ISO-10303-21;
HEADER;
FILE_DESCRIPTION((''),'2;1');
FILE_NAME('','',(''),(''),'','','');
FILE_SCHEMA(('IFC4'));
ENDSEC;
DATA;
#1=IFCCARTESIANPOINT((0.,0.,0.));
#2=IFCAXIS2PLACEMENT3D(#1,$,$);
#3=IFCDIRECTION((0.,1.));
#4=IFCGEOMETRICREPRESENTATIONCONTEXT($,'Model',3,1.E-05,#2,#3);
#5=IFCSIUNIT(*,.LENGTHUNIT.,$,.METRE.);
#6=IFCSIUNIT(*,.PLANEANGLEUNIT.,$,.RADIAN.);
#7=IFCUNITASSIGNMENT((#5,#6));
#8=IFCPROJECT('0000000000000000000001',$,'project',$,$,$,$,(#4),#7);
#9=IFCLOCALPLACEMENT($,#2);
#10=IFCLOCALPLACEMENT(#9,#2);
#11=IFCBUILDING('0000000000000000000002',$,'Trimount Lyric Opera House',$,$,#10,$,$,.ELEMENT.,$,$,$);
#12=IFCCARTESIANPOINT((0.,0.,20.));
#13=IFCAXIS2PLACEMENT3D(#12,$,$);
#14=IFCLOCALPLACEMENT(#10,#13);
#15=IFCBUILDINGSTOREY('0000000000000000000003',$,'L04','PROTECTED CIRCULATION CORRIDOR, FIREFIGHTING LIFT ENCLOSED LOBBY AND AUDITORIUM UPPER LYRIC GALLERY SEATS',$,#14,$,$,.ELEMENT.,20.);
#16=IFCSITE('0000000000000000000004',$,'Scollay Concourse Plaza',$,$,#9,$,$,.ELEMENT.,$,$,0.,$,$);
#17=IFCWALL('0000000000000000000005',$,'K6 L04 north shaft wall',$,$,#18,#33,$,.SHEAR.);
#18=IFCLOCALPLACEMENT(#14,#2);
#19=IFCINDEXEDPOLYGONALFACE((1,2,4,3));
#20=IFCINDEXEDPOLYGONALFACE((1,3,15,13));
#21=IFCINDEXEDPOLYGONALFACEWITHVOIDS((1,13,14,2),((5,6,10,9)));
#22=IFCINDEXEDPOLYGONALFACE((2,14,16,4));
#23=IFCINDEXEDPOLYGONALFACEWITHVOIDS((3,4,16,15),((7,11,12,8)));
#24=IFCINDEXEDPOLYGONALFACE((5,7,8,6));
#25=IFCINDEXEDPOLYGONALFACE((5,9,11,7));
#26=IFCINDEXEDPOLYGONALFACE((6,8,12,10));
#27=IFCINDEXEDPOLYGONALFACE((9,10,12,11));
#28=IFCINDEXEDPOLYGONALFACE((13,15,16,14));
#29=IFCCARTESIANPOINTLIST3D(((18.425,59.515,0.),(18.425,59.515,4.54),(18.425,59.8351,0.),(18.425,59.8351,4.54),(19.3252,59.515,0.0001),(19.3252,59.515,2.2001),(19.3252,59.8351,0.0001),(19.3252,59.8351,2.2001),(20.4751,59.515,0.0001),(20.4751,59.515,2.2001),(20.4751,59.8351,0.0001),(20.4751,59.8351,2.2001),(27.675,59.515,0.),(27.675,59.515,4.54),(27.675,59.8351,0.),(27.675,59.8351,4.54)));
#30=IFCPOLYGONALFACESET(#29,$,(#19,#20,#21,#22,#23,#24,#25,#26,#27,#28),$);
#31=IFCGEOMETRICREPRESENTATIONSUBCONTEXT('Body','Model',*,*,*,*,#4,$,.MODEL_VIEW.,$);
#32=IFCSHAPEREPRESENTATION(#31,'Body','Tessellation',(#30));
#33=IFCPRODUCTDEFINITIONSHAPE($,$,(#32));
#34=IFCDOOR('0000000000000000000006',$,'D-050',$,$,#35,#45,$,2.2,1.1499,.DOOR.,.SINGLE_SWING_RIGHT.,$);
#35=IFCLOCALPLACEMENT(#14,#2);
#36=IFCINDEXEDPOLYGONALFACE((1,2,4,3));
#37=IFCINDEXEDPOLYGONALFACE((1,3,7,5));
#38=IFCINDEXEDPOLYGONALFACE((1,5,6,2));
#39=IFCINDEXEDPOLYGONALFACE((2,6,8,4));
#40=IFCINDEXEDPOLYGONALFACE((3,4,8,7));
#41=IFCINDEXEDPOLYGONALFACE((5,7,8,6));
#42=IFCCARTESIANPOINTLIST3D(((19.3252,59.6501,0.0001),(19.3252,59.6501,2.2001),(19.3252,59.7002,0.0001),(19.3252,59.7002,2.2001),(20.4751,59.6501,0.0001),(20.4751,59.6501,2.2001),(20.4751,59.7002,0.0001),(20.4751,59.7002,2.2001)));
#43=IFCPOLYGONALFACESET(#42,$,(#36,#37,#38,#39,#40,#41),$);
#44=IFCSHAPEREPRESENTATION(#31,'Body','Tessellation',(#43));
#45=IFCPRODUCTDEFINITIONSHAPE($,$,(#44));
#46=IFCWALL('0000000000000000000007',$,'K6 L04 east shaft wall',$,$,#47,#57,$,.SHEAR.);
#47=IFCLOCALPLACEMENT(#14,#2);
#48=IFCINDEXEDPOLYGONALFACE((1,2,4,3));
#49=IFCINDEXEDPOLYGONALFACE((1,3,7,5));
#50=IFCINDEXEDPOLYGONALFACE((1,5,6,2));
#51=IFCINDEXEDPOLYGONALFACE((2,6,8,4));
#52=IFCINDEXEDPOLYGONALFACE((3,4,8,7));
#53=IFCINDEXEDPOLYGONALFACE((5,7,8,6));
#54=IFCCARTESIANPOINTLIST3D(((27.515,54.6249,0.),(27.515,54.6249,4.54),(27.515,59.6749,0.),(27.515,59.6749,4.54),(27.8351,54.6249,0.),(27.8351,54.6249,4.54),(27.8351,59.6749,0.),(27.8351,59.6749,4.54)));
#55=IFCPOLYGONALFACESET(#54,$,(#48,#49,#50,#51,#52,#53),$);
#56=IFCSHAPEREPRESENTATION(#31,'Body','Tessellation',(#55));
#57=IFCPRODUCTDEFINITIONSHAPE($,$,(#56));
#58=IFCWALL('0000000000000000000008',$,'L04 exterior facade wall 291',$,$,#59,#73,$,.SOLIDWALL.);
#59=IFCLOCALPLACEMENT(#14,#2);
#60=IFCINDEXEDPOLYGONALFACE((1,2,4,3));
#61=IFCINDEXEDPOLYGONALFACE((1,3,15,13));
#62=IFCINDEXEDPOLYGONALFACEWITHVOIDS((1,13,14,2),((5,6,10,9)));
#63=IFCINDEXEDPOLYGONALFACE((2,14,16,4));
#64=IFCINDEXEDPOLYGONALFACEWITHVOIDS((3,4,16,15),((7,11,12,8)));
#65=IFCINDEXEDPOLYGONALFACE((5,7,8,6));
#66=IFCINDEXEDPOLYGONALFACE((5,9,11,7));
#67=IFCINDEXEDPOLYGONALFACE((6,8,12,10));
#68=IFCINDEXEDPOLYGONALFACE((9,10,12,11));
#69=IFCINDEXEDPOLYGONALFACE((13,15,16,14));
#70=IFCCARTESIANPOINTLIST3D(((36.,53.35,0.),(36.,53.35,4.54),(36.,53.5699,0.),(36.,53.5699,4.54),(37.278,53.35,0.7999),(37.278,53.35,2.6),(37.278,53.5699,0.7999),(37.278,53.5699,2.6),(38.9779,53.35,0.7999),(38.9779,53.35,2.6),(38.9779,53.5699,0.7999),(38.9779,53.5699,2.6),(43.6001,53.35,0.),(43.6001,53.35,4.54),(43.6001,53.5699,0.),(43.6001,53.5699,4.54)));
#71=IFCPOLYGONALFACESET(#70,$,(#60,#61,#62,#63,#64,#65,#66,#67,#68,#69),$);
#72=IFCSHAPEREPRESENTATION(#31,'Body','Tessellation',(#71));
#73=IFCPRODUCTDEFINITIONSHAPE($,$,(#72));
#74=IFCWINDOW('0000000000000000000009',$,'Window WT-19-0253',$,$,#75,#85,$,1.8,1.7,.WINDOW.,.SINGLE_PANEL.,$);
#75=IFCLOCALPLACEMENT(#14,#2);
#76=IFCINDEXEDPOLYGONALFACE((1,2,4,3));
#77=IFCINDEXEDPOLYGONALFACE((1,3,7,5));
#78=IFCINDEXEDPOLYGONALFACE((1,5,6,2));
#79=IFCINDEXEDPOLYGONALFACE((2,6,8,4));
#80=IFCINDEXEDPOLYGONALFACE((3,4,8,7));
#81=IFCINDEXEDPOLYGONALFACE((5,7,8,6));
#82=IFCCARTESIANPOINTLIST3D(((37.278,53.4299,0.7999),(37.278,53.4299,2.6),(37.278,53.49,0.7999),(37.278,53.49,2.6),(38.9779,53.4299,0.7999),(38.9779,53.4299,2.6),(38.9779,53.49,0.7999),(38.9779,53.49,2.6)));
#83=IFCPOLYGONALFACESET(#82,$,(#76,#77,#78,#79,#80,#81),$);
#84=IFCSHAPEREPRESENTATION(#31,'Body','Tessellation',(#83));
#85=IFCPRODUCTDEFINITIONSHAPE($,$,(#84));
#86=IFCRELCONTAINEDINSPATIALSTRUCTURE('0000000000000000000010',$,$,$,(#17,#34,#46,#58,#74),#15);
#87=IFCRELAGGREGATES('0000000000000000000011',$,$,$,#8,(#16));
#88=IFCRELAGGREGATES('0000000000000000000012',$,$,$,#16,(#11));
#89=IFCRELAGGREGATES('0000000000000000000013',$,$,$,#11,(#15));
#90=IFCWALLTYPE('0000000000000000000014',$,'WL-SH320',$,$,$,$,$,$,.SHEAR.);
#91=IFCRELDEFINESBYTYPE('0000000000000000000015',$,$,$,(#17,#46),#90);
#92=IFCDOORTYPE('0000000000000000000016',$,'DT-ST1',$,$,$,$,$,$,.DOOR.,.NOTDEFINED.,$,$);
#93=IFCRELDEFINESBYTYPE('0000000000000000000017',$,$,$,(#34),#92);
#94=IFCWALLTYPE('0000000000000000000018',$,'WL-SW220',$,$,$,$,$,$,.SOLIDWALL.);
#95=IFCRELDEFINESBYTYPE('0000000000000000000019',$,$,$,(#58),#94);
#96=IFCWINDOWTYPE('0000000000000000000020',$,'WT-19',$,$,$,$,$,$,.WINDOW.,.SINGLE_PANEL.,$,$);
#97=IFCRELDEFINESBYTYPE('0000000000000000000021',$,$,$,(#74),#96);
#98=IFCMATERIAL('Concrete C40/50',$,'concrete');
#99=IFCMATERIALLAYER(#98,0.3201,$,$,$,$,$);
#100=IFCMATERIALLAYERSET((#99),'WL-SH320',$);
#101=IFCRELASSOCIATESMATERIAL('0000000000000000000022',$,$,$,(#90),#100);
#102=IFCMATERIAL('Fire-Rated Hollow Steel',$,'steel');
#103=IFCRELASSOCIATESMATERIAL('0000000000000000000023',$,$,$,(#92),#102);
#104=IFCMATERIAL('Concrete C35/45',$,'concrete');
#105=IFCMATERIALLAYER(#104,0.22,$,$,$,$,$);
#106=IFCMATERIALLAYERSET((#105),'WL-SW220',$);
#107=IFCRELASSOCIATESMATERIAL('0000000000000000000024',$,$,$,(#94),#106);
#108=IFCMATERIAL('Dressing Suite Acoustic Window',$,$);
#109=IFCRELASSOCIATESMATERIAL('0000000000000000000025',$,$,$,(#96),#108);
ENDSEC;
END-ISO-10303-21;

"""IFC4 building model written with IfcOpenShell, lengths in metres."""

from ifc_helpers import new_model, si_unit, direction, frame, frame_2d, origin, place, context, subcontext, project, spatial, rectangle, extrude, material, layer, layer_set, type_object, element, fill, save


model = new_model("IFC4")

# Units and contexts
model_context = context("Model", 3, precision=1e-05, world=origin(), true_north=direction((0.0, 1.0)))
body_context = subcontext(model_context, "Body", "Model", "MODEL_VIEW")
ifc_project = project(units=[si_unit("LENGTHUNIT", "METRE"), si_unit("PLANEANGLEUNIT", "RADIAN")], contexts=[model_context])

# Site, building, storey
site_placement = place(None, origin())
site = spatial("IfcSite", under=ifc_project, at=site_placement, Name="Scollay Concourse Plaza", CompositionType="ELEMENT", RefElevation=0.0)
building_placement = place(site_placement, origin())
building = spatial("IfcBuilding", under=site, at=building_placement, Name="Trimount Lyric Opera House", CompositionType="ELEMENT")
storey_placement = place(building_placement, frame((0.0, 0.0, 20.0)))
storey = spatial("IfcBuildingStorey", under=building, at=storey_placement, Name="L04", Description="PROTECTED CIRCULATION CORRIDOR, FIREFIGHTING LIFT ENCLOSED LOBBY AND AUDITORIUM UPPER LYRIC GALLERY SEATS", CompositionType="ELEMENT", Elevation=20.0)

# Wall, opening, door
ifc_material_1 = material(Name="Concrete C40/50", Category="concrete")
ifc_layer_1 = layer(ifc_material_1, 0.3201)
ifc_layer_set_1 = layer_set([ifc_layer_1], Name="WL-SH320")
wall_type_1 = type_object("IfcWallType", Name="WL-SH320", PredefinedType="SHEAR", material=ifc_layer_set_1)
wall_1_placement = place(storey_placement, frame((27.675, 59.675, 0.0), z_axis=(0.0, 0.0, 1.0), x_axis=(-1.0, 0.0, 0.0)))
wall_1 = element("IfcWall", 1, at=wall_1_placement, inside=storey, type_object=wall_type_1, Name="K6 L04 north shaft wall", PredefinedType="SHEAR", context=body_context, shape_type="SweptSolid", body=[
    extrude(rectangle(XDim=9.25, YDim=0.3201, at=frame_2d((4.625, 0.0))), origin(), (0.0, 0.0, 1.0), 4.54),
])
opening_1_placement = place(wall_1_placement, frame((7.2, 0.0, 0.0)))
opening_1 = element("IfcOpeningElement", 2, at=opening_1_placement, cuts=wall_1, PredefinedType="OPENING", context=body_context, shape_type="SweptSolid", body=[
    extrude(rectangle(XDim=1.1499, YDim=2.2, at=frame_2d((0.575, 1.1001))), frame((0.0, 0.1699, 0.0), z_axis=(0.0, -1.0, 0.0), x_axis=(1.0, 0.0, 0.0)), (0.0, 0.0, 1.0), 0.3401),
])
ifc_material_2 = material(Name="Fire-Rated Hollow Steel", Category="steel")
door_type_1 = type_object("IfcDoorType", Name="DT-ST1", OperationType="NOTDEFINED", PredefinedType="DOOR", material=ifc_material_2)
door_1_placement = place(opening_1_placement, origin())
door_1 = element("IfcDoor", 3, at=door_1_placement, inside=storey, type_object=door_type_1, Name="D-050", OperationType="SINGLE_SWING_RIGHT", OverallHeight=2.2, OverallWidth=1.1499, PredefinedType="DOOR", context=body_context, shape_type="SweptSolid", body=[
    extrude(rectangle(XDim=1.1499, YDim=2.2, at=frame_2d((0.575, 1.1001))), frame((0.0, 0.0249, 0.0), z_axis=(0.0, -1.0, 0.0), x_axis=(1.0, 0.0, 0.0)), (0.0, 0.0, 1.0), 0.05),
])
fill(opening_1, door_1)

# Wall
wall_2_placement = place(storey_placement, frame((27.675, 54.625, 0.0), z_axis=(0.0, 0.0, 1.0), x_axis=(0.0, 1.0, 0.0)))
element("IfcWall", 4, at=wall_2_placement, inside=storey, type_object=wall_type_1, Name="K6 L04 east shaft wall", PredefinedType="SHEAR", context=body_context, shape_type="SweptSolid", body=[
    extrude(rectangle(XDim=5.05, YDim=0.3201, at=frame_2d((2.5249, 0.0))), origin(), (0.0, 0.0, 1.0), 4.54),
])

# Wall, opening, window
ifc_material_3 = material(Name="Concrete C35/45", Category="concrete")
ifc_layer_2 = layer(ifc_material_3, 0.22)
ifc_layer_set_2 = layer_set([ifc_layer_2], Name="WL-SW220")
wall_type_2 = type_object("IfcWallType", Name="WL-SW220", PredefinedType="SOLIDWALL", material=ifc_layer_set_2)
wall_3_placement = place(storey_placement, frame((43.6001, 53.46, 0.0), z_axis=(0.0, 0.0, 1.0), x_axis=(-1.0, 0.0, 0.0)))
wall_3 = element("IfcWall", 5, at=wall_3_placement, inside=storey, type_object=wall_type_2, Name="L04 exterior facade wall 291", PredefinedType="SOLIDWALL", context=body_context, shape_type="SweptSolid", body=[
    extrude(rectangle(XDim=7.6001, YDim=0.22, at=frame_2d((3.8, 0.0))), origin(), (0.0, 0.0, 1.0), 4.54),
])
opening_2_placement = place(wall_3_placement, frame((4.6221, 0.0, 0.8)))
opening_2 = element("IfcOpeningElement", 6, at=opening_2_placement, cuts=wall_3, PredefinedType="OPENING", context=body_context, shape_type="SweptSolid", body=[
    extrude(rectangle(XDim=1.7, YDim=1.8, at=frame_2d((0.8501, 0.8999))), frame((0.0, 0.1201, 0.0), z_axis=(0.0, -1.0, 0.0), x_axis=(1.0, 0.0, 0.0)), (0.0, 0.0, 1.0), 0.24),
])
ifc_material_4 = material(Name="Dressing Suite Acoustic Window")
window_type = type_object("IfcWindowType", Name="WT-19", PartitioningType="SINGLE_PANEL", PredefinedType="WINDOW", material=ifc_material_4)
window_placement = place(opening_2_placement, origin())
window = element("IfcWindow", 7, at=window_placement, inside=storey, type_object=window_type, Name="Window WT-19-0253", OverallHeight=1.8, OverallWidth=1.7, PartitioningType="SINGLE_PANEL", PredefinedType="WINDOW", context=body_context, shape_type="SweptSolid", body=[
    extrude(rectangle(XDim=1.7, YDim=1.8, at=frame_2d((0.8501, 0.8999))), frame((0.0, 0.03, 0.0), z_axis=(0.0, -1.0, 0.0), x_axis=(1.0, 0.0, 0.0)), (0.0, 0.0, 1.0), 0.0601),
])
fill(opening_2, window)

save(model, "model.ifc")
